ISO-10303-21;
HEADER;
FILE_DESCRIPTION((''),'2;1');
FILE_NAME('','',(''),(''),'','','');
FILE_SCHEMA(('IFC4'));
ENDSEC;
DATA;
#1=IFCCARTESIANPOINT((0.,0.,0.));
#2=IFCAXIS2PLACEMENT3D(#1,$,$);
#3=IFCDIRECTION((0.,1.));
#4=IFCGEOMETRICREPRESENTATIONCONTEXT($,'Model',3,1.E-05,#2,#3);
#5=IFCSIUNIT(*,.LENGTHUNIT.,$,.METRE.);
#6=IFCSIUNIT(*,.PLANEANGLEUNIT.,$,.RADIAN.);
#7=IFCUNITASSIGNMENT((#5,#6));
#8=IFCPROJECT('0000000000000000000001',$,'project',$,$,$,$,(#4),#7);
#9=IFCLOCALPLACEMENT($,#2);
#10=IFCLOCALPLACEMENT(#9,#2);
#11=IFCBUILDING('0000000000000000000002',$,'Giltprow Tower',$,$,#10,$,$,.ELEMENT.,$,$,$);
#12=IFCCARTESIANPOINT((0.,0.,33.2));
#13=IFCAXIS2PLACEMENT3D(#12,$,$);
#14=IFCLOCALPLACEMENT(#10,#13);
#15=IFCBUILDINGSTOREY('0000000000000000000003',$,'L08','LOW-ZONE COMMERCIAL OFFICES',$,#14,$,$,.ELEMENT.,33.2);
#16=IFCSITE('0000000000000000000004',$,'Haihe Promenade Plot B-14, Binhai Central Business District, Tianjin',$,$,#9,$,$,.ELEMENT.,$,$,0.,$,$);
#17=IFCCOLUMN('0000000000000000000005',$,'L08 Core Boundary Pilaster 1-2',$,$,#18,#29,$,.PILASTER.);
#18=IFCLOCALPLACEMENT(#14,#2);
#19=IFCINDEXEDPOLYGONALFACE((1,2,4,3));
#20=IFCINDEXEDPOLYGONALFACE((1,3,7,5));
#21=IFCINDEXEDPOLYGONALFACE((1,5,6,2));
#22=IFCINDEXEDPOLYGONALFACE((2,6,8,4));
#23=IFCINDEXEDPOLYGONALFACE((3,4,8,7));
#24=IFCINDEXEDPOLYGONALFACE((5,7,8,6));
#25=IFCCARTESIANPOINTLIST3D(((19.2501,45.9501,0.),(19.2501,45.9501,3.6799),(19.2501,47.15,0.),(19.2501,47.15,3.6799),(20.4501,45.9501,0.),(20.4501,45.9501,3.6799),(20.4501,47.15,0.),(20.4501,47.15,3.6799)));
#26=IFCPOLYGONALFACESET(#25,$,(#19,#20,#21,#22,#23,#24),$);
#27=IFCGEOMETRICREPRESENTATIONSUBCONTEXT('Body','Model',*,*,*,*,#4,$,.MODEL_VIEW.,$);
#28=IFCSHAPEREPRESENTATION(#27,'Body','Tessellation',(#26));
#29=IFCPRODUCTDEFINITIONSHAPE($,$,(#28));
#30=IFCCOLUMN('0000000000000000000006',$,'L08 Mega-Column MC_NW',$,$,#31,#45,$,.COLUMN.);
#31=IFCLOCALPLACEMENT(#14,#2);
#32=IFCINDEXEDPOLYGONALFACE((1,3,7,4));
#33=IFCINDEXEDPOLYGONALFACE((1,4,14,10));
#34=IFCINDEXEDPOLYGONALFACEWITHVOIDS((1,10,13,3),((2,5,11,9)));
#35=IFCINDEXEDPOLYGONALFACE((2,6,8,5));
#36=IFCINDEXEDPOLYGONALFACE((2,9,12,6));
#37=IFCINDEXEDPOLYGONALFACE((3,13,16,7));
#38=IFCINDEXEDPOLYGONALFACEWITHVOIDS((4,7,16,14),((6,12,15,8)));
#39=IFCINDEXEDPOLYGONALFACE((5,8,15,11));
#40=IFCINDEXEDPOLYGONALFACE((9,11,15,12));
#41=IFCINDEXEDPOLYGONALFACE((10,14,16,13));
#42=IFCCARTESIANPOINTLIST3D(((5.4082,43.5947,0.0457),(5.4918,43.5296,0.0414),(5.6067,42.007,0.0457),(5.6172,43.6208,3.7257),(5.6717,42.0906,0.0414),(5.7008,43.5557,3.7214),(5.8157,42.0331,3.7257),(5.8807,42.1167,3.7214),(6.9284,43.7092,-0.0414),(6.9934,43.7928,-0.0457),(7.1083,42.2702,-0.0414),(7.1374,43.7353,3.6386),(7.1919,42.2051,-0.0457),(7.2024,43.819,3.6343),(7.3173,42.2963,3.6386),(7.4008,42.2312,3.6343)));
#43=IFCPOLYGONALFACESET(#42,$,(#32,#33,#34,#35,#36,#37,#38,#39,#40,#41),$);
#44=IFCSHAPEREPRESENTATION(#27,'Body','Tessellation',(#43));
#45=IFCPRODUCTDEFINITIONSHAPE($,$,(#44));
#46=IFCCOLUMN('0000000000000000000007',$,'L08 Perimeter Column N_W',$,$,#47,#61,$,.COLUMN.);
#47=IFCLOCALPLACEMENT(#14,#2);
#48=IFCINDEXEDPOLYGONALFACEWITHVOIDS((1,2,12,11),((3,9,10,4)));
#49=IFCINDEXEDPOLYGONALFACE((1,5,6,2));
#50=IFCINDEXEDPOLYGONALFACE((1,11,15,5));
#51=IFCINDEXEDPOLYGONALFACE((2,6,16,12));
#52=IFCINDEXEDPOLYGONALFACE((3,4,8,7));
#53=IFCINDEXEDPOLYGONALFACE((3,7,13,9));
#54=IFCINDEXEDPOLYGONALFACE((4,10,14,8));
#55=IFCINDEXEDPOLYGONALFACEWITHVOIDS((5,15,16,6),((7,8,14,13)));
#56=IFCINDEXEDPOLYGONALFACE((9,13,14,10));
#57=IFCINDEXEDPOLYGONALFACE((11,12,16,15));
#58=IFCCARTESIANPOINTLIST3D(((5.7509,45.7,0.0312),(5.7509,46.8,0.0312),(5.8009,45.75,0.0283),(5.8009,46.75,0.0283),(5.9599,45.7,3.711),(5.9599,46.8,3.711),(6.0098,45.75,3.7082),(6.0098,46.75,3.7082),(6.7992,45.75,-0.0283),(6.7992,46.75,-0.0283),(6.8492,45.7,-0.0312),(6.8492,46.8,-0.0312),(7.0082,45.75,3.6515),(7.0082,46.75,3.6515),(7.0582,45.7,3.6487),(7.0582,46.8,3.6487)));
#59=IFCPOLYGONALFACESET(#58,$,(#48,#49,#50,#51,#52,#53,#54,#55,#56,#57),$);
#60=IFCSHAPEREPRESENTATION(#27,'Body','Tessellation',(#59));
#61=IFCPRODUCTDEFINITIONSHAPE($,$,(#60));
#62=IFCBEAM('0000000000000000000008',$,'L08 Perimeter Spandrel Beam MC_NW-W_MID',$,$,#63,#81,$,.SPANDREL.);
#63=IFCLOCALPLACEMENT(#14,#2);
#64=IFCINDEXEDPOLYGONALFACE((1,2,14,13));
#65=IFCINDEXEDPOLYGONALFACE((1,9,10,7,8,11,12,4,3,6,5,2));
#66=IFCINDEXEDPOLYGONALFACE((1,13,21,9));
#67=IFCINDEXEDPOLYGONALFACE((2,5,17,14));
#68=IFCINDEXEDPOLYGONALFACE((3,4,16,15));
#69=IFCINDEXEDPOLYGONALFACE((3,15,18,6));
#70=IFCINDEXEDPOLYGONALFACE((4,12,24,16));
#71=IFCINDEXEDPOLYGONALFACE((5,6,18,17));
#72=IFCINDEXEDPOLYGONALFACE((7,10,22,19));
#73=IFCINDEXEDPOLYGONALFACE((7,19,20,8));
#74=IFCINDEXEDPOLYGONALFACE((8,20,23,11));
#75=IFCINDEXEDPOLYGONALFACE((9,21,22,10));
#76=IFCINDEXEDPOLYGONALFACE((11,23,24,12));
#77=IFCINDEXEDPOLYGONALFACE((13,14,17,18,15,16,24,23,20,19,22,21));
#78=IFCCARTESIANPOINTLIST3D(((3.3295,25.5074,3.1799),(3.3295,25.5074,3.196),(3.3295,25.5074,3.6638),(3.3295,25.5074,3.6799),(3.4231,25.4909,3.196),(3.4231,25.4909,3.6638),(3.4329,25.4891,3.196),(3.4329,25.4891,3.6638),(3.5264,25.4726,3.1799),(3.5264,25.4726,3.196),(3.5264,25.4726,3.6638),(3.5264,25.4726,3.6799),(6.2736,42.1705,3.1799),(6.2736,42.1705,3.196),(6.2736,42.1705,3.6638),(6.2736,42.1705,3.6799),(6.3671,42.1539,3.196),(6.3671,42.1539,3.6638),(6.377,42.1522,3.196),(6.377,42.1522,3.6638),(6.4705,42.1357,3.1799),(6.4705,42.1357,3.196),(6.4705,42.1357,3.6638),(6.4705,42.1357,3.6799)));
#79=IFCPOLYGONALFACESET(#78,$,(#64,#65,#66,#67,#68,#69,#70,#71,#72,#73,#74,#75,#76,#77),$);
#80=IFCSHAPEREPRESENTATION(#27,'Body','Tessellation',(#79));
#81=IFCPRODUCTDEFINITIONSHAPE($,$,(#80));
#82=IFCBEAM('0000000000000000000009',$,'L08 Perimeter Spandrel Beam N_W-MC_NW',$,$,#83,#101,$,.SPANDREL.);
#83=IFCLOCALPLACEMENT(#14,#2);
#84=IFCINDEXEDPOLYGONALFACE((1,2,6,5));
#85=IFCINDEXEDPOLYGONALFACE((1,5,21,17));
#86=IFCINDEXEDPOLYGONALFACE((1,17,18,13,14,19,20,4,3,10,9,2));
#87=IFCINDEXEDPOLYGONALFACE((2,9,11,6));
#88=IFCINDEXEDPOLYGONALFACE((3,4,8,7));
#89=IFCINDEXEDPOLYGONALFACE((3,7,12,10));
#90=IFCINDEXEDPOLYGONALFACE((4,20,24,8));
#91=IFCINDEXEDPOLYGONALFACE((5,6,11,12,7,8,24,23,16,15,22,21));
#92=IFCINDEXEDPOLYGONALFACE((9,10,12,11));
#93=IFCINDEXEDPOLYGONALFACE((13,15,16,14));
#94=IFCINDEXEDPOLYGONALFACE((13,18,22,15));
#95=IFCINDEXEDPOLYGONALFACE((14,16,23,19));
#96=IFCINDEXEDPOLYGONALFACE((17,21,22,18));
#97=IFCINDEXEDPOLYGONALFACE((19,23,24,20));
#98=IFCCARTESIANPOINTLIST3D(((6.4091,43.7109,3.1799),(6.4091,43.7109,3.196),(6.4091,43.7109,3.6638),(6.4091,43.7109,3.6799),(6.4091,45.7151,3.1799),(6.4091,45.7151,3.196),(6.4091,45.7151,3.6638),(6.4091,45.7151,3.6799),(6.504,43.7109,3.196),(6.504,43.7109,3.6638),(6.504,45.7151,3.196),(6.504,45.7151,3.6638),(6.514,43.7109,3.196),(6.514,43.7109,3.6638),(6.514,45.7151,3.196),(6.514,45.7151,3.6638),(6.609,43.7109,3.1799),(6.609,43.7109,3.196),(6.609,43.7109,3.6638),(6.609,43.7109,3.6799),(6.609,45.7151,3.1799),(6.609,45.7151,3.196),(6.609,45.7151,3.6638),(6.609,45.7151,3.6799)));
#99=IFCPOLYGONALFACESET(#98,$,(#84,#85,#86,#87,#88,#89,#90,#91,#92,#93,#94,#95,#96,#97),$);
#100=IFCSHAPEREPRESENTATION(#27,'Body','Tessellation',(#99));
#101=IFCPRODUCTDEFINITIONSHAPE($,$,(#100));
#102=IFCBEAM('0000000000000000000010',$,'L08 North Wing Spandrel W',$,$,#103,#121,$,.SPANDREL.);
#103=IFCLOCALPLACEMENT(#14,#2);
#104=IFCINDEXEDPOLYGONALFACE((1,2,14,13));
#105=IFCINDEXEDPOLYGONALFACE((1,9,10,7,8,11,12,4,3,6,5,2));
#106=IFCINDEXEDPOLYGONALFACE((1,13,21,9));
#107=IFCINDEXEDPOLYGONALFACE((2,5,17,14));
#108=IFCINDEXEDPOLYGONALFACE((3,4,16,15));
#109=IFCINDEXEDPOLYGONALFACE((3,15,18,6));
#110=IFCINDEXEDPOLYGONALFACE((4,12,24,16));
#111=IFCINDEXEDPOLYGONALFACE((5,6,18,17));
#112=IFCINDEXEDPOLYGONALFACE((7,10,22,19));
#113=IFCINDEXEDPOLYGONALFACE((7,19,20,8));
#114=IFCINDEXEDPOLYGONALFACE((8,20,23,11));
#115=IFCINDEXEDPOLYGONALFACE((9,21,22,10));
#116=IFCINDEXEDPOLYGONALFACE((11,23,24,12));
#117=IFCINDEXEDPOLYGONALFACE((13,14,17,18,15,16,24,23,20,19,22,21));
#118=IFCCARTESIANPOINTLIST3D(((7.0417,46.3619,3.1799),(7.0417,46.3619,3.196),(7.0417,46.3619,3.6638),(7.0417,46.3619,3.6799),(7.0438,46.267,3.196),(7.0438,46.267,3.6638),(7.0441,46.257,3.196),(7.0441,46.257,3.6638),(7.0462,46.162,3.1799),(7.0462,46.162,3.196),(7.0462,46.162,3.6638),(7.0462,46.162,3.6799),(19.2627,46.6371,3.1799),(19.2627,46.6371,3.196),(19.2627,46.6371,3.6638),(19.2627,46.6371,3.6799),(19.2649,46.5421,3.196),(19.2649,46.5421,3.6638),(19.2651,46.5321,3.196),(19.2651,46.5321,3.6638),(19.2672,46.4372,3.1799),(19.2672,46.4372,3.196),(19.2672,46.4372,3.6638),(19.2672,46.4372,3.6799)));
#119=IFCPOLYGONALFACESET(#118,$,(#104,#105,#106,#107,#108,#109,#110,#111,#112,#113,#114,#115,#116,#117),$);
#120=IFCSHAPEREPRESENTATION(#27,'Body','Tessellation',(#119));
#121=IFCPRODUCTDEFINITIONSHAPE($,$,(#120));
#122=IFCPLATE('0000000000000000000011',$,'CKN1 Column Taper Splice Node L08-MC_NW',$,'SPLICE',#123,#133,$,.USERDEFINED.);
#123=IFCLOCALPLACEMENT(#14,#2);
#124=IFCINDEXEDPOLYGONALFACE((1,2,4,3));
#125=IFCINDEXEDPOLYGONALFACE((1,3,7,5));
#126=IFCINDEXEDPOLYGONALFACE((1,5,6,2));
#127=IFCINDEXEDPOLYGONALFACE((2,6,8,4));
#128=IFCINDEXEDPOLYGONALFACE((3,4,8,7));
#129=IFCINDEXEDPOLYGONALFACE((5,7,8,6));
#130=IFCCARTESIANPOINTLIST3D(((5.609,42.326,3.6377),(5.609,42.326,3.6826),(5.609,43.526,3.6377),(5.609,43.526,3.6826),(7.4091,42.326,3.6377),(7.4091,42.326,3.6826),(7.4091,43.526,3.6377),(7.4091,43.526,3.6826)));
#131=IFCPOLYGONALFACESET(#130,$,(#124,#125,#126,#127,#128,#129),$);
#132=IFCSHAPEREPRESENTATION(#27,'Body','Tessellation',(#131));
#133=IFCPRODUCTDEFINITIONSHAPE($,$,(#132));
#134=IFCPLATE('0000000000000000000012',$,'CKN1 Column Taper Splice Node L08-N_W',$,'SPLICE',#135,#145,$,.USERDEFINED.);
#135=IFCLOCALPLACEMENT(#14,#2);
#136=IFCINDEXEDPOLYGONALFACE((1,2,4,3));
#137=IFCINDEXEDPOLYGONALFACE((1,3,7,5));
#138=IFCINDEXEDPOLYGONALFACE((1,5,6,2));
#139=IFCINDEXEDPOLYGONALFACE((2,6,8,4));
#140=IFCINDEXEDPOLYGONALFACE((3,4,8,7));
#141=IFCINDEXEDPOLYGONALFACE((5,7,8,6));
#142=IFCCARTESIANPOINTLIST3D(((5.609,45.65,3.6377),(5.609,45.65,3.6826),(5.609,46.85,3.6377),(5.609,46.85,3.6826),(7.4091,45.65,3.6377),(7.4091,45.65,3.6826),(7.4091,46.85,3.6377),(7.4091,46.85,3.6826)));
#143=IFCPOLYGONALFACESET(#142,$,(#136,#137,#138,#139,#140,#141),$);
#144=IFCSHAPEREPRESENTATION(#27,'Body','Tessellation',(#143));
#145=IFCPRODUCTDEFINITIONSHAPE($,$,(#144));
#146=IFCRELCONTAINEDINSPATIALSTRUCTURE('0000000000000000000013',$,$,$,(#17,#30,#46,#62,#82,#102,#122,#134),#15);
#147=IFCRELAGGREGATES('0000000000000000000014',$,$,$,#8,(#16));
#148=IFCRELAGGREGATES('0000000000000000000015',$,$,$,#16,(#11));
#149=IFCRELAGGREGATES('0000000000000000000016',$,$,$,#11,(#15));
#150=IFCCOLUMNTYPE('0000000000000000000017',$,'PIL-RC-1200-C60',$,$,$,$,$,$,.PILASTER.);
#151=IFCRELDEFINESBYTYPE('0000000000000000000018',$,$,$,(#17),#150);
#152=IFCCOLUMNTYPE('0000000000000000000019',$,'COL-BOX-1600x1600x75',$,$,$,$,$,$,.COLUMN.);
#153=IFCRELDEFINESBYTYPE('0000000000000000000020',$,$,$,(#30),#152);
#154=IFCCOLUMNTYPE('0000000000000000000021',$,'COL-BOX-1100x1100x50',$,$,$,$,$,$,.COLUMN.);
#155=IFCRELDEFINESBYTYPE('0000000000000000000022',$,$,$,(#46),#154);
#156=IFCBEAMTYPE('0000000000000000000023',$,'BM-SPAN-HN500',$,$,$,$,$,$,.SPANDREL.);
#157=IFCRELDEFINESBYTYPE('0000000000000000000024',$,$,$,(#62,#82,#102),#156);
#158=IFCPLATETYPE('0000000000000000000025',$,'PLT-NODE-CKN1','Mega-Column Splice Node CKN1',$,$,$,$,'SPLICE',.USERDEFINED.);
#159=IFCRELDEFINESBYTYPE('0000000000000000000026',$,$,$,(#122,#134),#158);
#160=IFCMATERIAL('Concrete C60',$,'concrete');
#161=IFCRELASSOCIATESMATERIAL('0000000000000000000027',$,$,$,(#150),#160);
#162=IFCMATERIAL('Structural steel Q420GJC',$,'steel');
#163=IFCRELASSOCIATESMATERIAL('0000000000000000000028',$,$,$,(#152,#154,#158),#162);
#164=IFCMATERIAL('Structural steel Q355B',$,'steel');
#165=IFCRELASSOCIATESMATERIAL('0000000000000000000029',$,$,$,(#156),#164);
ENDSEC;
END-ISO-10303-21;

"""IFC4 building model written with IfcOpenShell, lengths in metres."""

from ifc_helpers import new_model, si_unit, direction, frame, origin, origin_2d, place, context, subcontext, project, spatial, rectangle, hollow_rectangle, i_section, extrude, source, transform, mapped, material, material_profile, profile_set, type_object, element, save


model = new_model("IFC4")

# Units and contexts
model_context = context("Model", 3, precision=1e-05, world=origin(), true_north=direction((0.0, 1.0)))
body_context = subcontext(model_context, "Body", "Model", "MODEL_VIEW")
ifc_project = project(units=[si_unit("LENGTHUNIT", "METRE"), si_unit("PLANEANGLEUNIT", "RADIAN")], contexts=[model_context])

# Site, building, storey
site_placement = place(None, origin())
site = spatial("IfcSite", under=ifc_project, at=site_placement, Name="Haihe Promenade Plot B-14, Binhai Central Business District, Tianjin", CompositionType="ELEMENT", RefElevation=0.0)
building_placement = place(site_placement, origin())
building = spatial("IfcBuilding", under=site, at=building_placement, Name="Giltprow Tower", CompositionType="ELEMENT")
storey_placement = place(building_placement, frame((0.0, 0.0, 33.2)))
storey = spatial("IfcBuildingStorey", under=building, at=storey_placement, Name="L08", Description="LOW-ZONE COMMERCIAL OFFICES", CompositionType="ELEMENT", Elevation=33.2)

# Columns
ifc_material_1 = material(Name="Concrete C60", Category="concrete")
ifc_material_profile_1 = material_profile(ifc_material_1, rectangle(XDim=1.2, YDim=1.2, at=origin_2d()), Name="RC 1200x1200")
ifc_profile_set_1 = profile_set([ifc_material_profile_1], Name="Concrete C60")
column_type_1 = type_object("IfcColumnType", Name="PIL-RC-1200-C60", PredefinedType="PILASTER", material=ifc_profile_set_1)
shared_shape_1 = source(origin(), body_context, "Body", "SweptSolid", [
    extrude(rectangle(XDim=1.2, YDim=1.2, at=origin_2d()), origin(), (0.0, 0.0, 1.0), 3.6799),
])
column_1_placement = place(storey_placement, frame((19.8501, 46.55, 0.0), z_axis=(0.0, 0.0, 1.0), x_axis=(1.0, 0.0, 0.0)))
element("IfcColumn", 1, at=column_1_placement, inside=storey, type_object=column_type_1, Name="L08 Core Boundary Pilaster 1-2", PredefinedType="PILASTER", context=body_context, shape_type="MappedRepresentation", body=[
    mapped(shared_shape_1, transform((0.0, 0.0, 0.0), x_axis=(1.0, 0.0, 0.0), y_axis=(0.0, 1.0, 0.0), z_axis=(0.0, 0.0, 1.0), scale=1.0)),
])
ifc_material_2 = material(Name="Structural steel Q420GJC", Category="steel")
ifc_material_profile_2 = material_profile(ifc_material_2, hollow_rectangle(XDim=1.6001, YDim=1.6001, WallThickness=0.075, at=origin_2d()), Name="BOX 1600x1600x75")
ifc_profile_set_2 = profile_set([ifc_material_profile_2], Name="Structural steel Q420GJC")
column_type_2 = type_object("IfcColumnType", Name="COL-BOX-1600x1600x75", PredefinedType="COLUMN", material=ifc_profile_set_2)
shared_shape_2 = source(origin(), body_context, "Body", "SweptSolid", [
    extrude(hollow_rectangle(XDim=1.6001, YDim=1.6001, WallThickness=0.075, at=origin_2d()), origin(), (0.0, 0.0, 1.0), 3.686),
])
column_2_placement = place(storey_placement, frame((6.3, 42.8999, 0.0), z_axis=(0.056698, 0.007087, 0.998366), x_axis=(-0.124035, 0.992278, 0.0)))
element("IfcColumn", 2, at=column_2_placement, inside=storey, type_object=column_type_2, Name="L08 Mega-Column MC_NW", PredefinedType="COLUMN", context=body_context, shape_type="MappedRepresentation", body=[
    mapped(shared_shape_2, transform((0.0, 0.0, 0.0), x_axis=(1.0, 0.0, 0.0), y_axis=(0.0, 1.0, 0.0), z_axis=(0.0, 0.0, 1.0), scale=1.0)),
])
ifc_material_profile_3 = material_profile(ifc_material_2, hollow_rectangle(XDim=1.1001, YDim=1.1001, WallThickness=0.05, at=origin_2d()), Name="BOX 1100x1100x50")
ifc_profile_set_3 = profile_set([ifc_material_profile_3], Name="Structural steel Q420GJC")
column_type_3 = type_object("IfcColumnType", Name="COL-BOX-1100x1100x50", PredefinedType="COLUMN", material=ifc_profile_set_3)
shared_shape_3 = source(origin(), body_context, "Body", "SweptSolid", [
    extrude(hollow_rectangle(XDim=1.1001, YDim=1.1001, WallThickness=0.05, at=origin_2d()), origin(), (0.0, 0.0, 1.0), 3.6858),
])
column_3_placement = place(storey_placement, frame((6.3, 46.25, 0.0), z_axis=(0.056699, 0.0, 0.998391), x_axis=(0.0, 1.0, 0.0)))
element("IfcColumn", 3, at=column_3_placement, inside=storey, type_object=column_type_3, Name="L08 Perimeter Column N_W", PredefinedType="COLUMN", context=body_context, shape_type="MappedRepresentation", body=[
    mapped(shared_shape_3, transform((0.0, 0.0, 0.0), x_axis=(1.0, 0.0, 0.0), y_axis=(0.0, 1.0, 0.0), z_axis=(0.0, 0.0, 1.0), scale=1.0)),
])

# Beams
ifc_material_3 = material(Name="Structural steel Q355B", Category="steel")
ifc_material_profile_4 = material_profile(ifc_material_3, i_section(OverallWidth=0.2, OverallDepth=0.5, WebThickness=0.01, FlangeThickness=0.0161, at=origin_2d()), Name="HN 500x200x10x16")
ifc_profile_set_4 = profile_set([ifc_material_profile_4], Name="Structural steel Q355B")
beam_type = type_object("IfcBeamType", Name="BM-SPAN-HN500", PredefinedType="SPANDREL", material=ifc_profile_set_4)
shared_shape_4 = source(origin(), body_context, "Body", "SweptSolid", [
    extrude(i_section(OverallWidth=0.2, OverallDepth=0.5, WebThickness=0.01, FlangeThickness=0.0161, at=origin_2d()), origin(), (0.0, 0.0, 1.0), 16.9211),
])
beam_1_placement = place(storey_placement, frame((6.3721, 42.1531, 3.4299), z_axis=(-0.173989, -0.984748, 0.0), x_axis=(0.984748, -0.173989, 0.0)))
element("IfcBeam", 4, at=beam_1_placement, inside=storey, type_object=beam_type, Name="L08 Perimeter Spandrel Beam MC_NW-W_MID", PredefinedType="SPANDREL", context=body_context, shape_type="MappedRepresentation", body=[
    mapped(shared_shape_4, transform((0.0, 0.0, 0.0), x_axis=(1.0, 0.0, 0.0), y_axis=(0.0, 1.0, 0.0), z_axis=(0.0, 0.0, 1.0), scale=1.0)),
])
shared_shape_5 = source(origin(), body_context, "Body", "SweptSolid", [
    extrude(i_section(OverallWidth=0.2, OverallDepth=0.5, WebThickness=0.01, FlangeThickness=0.0161, at=origin_2d()), origin(), (0.0, 0.0, 1.0), 2.0042),
])
beam_2_placement = place(storey_placement, frame((6.509, 45.7151, 3.4299), z_axis=(0.0, -1.0, 0.0), x_axis=(1.0, 0.0, 0.0)))
element("IfcBeam", 5, at=beam_2_placement, inside=storey, type_object=beam_type, Name="L08 Perimeter Spandrel Beam N_W-MC_NW", PredefinedType="SPANDREL", context=body_context, shape_type="MappedRepresentation", body=[
    mapped(shared_shape_5, transform((0.0, 0.0, 0.0), x_axis=(1.0, 0.0, 0.0), y_axis=(0.0, 1.0, 0.0), z_axis=(0.0, 0.0, 1.0), scale=1.0)),
])
shared_shape_6 = source(origin(), body_context, "Body", "SweptSolid", [
    extrude(i_section(OverallWidth=0.2, OverallDepth=0.5, WebThickness=0.01, FlangeThickness=0.0161, at=origin_2d()), origin(), (0.0, 0.0, 1.0), 12.2241),
])
beam_3_placement = place(storey_placement, frame((7.0439, 46.262, 3.4299), z_axis=(0.999747, 0.022509, 0.0), x_axis=(-0.022509, 0.999747, 0.0)))
element("IfcBeam", 6, at=beam_3_placement, inside=storey, type_object=beam_type, Name="L08 North Wing Spandrel W", PredefinedType="SPANDREL", context=body_context, shape_type="MappedRepresentation", body=[
    mapped(shared_shape_6, transform((0.0, 0.0, 0.0), x_axis=(1.0, 0.0, 0.0), y_axis=(0.0, 1.0, 0.0), z_axis=(0.0, 0.0, 1.0), scale=1.0)),
])

# Plates
plate_type = type_object("IfcPlateType", Name="PLT-NODE-CKN1", Description="Mega-Column Splice Node CKN1", ElementType="SPLICE", PredefinedType="USERDEFINED", material=ifc_material_2)
shared_shape_7 = source(origin(), body_context, "Body", "SweptSolid", [
    extrude(rectangle(XDim=1.8, YDim=1.2, at=origin_2d()), origin(), (0.0, 0.0, 1.0), 0.0449),
])
for number, where, z_axis, x_axis, name in (
    (7, (6.509, 42.926, 3.6377), (0.0, 0.0, 1.0), (1.0, 0.0, 0.0), "CKN1 Column Taper Splice Node L08-MC_NW"),
    (8, (6.509, 46.25, 3.6377), (0.0, 0.0, 1.0), (1.0, 0.0, 0.0), "CKN1 Column Taper Splice Node L08-N_W"),
):
    element("IfcPlate", number, at=place(storey_placement, frame(where, z_axis=z_axis, x_axis=x_axis)), inside=storey, type_object=plate_type, Name=name, ObjectType="SPLICE", PredefinedType="USERDEFINED", context=body_context, shape_type="MappedRepresentation", body=[
        mapped(shared_shape_7, transform((0.0, 0.0, 0.0), x_axis=(1.0, 0.0, 0.0), y_axis=(0.0, 1.0, 0.0), z_axis=(0.0, 0.0, 1.0), scale=1.0)),
    ])

save(model, "model.ifc")
